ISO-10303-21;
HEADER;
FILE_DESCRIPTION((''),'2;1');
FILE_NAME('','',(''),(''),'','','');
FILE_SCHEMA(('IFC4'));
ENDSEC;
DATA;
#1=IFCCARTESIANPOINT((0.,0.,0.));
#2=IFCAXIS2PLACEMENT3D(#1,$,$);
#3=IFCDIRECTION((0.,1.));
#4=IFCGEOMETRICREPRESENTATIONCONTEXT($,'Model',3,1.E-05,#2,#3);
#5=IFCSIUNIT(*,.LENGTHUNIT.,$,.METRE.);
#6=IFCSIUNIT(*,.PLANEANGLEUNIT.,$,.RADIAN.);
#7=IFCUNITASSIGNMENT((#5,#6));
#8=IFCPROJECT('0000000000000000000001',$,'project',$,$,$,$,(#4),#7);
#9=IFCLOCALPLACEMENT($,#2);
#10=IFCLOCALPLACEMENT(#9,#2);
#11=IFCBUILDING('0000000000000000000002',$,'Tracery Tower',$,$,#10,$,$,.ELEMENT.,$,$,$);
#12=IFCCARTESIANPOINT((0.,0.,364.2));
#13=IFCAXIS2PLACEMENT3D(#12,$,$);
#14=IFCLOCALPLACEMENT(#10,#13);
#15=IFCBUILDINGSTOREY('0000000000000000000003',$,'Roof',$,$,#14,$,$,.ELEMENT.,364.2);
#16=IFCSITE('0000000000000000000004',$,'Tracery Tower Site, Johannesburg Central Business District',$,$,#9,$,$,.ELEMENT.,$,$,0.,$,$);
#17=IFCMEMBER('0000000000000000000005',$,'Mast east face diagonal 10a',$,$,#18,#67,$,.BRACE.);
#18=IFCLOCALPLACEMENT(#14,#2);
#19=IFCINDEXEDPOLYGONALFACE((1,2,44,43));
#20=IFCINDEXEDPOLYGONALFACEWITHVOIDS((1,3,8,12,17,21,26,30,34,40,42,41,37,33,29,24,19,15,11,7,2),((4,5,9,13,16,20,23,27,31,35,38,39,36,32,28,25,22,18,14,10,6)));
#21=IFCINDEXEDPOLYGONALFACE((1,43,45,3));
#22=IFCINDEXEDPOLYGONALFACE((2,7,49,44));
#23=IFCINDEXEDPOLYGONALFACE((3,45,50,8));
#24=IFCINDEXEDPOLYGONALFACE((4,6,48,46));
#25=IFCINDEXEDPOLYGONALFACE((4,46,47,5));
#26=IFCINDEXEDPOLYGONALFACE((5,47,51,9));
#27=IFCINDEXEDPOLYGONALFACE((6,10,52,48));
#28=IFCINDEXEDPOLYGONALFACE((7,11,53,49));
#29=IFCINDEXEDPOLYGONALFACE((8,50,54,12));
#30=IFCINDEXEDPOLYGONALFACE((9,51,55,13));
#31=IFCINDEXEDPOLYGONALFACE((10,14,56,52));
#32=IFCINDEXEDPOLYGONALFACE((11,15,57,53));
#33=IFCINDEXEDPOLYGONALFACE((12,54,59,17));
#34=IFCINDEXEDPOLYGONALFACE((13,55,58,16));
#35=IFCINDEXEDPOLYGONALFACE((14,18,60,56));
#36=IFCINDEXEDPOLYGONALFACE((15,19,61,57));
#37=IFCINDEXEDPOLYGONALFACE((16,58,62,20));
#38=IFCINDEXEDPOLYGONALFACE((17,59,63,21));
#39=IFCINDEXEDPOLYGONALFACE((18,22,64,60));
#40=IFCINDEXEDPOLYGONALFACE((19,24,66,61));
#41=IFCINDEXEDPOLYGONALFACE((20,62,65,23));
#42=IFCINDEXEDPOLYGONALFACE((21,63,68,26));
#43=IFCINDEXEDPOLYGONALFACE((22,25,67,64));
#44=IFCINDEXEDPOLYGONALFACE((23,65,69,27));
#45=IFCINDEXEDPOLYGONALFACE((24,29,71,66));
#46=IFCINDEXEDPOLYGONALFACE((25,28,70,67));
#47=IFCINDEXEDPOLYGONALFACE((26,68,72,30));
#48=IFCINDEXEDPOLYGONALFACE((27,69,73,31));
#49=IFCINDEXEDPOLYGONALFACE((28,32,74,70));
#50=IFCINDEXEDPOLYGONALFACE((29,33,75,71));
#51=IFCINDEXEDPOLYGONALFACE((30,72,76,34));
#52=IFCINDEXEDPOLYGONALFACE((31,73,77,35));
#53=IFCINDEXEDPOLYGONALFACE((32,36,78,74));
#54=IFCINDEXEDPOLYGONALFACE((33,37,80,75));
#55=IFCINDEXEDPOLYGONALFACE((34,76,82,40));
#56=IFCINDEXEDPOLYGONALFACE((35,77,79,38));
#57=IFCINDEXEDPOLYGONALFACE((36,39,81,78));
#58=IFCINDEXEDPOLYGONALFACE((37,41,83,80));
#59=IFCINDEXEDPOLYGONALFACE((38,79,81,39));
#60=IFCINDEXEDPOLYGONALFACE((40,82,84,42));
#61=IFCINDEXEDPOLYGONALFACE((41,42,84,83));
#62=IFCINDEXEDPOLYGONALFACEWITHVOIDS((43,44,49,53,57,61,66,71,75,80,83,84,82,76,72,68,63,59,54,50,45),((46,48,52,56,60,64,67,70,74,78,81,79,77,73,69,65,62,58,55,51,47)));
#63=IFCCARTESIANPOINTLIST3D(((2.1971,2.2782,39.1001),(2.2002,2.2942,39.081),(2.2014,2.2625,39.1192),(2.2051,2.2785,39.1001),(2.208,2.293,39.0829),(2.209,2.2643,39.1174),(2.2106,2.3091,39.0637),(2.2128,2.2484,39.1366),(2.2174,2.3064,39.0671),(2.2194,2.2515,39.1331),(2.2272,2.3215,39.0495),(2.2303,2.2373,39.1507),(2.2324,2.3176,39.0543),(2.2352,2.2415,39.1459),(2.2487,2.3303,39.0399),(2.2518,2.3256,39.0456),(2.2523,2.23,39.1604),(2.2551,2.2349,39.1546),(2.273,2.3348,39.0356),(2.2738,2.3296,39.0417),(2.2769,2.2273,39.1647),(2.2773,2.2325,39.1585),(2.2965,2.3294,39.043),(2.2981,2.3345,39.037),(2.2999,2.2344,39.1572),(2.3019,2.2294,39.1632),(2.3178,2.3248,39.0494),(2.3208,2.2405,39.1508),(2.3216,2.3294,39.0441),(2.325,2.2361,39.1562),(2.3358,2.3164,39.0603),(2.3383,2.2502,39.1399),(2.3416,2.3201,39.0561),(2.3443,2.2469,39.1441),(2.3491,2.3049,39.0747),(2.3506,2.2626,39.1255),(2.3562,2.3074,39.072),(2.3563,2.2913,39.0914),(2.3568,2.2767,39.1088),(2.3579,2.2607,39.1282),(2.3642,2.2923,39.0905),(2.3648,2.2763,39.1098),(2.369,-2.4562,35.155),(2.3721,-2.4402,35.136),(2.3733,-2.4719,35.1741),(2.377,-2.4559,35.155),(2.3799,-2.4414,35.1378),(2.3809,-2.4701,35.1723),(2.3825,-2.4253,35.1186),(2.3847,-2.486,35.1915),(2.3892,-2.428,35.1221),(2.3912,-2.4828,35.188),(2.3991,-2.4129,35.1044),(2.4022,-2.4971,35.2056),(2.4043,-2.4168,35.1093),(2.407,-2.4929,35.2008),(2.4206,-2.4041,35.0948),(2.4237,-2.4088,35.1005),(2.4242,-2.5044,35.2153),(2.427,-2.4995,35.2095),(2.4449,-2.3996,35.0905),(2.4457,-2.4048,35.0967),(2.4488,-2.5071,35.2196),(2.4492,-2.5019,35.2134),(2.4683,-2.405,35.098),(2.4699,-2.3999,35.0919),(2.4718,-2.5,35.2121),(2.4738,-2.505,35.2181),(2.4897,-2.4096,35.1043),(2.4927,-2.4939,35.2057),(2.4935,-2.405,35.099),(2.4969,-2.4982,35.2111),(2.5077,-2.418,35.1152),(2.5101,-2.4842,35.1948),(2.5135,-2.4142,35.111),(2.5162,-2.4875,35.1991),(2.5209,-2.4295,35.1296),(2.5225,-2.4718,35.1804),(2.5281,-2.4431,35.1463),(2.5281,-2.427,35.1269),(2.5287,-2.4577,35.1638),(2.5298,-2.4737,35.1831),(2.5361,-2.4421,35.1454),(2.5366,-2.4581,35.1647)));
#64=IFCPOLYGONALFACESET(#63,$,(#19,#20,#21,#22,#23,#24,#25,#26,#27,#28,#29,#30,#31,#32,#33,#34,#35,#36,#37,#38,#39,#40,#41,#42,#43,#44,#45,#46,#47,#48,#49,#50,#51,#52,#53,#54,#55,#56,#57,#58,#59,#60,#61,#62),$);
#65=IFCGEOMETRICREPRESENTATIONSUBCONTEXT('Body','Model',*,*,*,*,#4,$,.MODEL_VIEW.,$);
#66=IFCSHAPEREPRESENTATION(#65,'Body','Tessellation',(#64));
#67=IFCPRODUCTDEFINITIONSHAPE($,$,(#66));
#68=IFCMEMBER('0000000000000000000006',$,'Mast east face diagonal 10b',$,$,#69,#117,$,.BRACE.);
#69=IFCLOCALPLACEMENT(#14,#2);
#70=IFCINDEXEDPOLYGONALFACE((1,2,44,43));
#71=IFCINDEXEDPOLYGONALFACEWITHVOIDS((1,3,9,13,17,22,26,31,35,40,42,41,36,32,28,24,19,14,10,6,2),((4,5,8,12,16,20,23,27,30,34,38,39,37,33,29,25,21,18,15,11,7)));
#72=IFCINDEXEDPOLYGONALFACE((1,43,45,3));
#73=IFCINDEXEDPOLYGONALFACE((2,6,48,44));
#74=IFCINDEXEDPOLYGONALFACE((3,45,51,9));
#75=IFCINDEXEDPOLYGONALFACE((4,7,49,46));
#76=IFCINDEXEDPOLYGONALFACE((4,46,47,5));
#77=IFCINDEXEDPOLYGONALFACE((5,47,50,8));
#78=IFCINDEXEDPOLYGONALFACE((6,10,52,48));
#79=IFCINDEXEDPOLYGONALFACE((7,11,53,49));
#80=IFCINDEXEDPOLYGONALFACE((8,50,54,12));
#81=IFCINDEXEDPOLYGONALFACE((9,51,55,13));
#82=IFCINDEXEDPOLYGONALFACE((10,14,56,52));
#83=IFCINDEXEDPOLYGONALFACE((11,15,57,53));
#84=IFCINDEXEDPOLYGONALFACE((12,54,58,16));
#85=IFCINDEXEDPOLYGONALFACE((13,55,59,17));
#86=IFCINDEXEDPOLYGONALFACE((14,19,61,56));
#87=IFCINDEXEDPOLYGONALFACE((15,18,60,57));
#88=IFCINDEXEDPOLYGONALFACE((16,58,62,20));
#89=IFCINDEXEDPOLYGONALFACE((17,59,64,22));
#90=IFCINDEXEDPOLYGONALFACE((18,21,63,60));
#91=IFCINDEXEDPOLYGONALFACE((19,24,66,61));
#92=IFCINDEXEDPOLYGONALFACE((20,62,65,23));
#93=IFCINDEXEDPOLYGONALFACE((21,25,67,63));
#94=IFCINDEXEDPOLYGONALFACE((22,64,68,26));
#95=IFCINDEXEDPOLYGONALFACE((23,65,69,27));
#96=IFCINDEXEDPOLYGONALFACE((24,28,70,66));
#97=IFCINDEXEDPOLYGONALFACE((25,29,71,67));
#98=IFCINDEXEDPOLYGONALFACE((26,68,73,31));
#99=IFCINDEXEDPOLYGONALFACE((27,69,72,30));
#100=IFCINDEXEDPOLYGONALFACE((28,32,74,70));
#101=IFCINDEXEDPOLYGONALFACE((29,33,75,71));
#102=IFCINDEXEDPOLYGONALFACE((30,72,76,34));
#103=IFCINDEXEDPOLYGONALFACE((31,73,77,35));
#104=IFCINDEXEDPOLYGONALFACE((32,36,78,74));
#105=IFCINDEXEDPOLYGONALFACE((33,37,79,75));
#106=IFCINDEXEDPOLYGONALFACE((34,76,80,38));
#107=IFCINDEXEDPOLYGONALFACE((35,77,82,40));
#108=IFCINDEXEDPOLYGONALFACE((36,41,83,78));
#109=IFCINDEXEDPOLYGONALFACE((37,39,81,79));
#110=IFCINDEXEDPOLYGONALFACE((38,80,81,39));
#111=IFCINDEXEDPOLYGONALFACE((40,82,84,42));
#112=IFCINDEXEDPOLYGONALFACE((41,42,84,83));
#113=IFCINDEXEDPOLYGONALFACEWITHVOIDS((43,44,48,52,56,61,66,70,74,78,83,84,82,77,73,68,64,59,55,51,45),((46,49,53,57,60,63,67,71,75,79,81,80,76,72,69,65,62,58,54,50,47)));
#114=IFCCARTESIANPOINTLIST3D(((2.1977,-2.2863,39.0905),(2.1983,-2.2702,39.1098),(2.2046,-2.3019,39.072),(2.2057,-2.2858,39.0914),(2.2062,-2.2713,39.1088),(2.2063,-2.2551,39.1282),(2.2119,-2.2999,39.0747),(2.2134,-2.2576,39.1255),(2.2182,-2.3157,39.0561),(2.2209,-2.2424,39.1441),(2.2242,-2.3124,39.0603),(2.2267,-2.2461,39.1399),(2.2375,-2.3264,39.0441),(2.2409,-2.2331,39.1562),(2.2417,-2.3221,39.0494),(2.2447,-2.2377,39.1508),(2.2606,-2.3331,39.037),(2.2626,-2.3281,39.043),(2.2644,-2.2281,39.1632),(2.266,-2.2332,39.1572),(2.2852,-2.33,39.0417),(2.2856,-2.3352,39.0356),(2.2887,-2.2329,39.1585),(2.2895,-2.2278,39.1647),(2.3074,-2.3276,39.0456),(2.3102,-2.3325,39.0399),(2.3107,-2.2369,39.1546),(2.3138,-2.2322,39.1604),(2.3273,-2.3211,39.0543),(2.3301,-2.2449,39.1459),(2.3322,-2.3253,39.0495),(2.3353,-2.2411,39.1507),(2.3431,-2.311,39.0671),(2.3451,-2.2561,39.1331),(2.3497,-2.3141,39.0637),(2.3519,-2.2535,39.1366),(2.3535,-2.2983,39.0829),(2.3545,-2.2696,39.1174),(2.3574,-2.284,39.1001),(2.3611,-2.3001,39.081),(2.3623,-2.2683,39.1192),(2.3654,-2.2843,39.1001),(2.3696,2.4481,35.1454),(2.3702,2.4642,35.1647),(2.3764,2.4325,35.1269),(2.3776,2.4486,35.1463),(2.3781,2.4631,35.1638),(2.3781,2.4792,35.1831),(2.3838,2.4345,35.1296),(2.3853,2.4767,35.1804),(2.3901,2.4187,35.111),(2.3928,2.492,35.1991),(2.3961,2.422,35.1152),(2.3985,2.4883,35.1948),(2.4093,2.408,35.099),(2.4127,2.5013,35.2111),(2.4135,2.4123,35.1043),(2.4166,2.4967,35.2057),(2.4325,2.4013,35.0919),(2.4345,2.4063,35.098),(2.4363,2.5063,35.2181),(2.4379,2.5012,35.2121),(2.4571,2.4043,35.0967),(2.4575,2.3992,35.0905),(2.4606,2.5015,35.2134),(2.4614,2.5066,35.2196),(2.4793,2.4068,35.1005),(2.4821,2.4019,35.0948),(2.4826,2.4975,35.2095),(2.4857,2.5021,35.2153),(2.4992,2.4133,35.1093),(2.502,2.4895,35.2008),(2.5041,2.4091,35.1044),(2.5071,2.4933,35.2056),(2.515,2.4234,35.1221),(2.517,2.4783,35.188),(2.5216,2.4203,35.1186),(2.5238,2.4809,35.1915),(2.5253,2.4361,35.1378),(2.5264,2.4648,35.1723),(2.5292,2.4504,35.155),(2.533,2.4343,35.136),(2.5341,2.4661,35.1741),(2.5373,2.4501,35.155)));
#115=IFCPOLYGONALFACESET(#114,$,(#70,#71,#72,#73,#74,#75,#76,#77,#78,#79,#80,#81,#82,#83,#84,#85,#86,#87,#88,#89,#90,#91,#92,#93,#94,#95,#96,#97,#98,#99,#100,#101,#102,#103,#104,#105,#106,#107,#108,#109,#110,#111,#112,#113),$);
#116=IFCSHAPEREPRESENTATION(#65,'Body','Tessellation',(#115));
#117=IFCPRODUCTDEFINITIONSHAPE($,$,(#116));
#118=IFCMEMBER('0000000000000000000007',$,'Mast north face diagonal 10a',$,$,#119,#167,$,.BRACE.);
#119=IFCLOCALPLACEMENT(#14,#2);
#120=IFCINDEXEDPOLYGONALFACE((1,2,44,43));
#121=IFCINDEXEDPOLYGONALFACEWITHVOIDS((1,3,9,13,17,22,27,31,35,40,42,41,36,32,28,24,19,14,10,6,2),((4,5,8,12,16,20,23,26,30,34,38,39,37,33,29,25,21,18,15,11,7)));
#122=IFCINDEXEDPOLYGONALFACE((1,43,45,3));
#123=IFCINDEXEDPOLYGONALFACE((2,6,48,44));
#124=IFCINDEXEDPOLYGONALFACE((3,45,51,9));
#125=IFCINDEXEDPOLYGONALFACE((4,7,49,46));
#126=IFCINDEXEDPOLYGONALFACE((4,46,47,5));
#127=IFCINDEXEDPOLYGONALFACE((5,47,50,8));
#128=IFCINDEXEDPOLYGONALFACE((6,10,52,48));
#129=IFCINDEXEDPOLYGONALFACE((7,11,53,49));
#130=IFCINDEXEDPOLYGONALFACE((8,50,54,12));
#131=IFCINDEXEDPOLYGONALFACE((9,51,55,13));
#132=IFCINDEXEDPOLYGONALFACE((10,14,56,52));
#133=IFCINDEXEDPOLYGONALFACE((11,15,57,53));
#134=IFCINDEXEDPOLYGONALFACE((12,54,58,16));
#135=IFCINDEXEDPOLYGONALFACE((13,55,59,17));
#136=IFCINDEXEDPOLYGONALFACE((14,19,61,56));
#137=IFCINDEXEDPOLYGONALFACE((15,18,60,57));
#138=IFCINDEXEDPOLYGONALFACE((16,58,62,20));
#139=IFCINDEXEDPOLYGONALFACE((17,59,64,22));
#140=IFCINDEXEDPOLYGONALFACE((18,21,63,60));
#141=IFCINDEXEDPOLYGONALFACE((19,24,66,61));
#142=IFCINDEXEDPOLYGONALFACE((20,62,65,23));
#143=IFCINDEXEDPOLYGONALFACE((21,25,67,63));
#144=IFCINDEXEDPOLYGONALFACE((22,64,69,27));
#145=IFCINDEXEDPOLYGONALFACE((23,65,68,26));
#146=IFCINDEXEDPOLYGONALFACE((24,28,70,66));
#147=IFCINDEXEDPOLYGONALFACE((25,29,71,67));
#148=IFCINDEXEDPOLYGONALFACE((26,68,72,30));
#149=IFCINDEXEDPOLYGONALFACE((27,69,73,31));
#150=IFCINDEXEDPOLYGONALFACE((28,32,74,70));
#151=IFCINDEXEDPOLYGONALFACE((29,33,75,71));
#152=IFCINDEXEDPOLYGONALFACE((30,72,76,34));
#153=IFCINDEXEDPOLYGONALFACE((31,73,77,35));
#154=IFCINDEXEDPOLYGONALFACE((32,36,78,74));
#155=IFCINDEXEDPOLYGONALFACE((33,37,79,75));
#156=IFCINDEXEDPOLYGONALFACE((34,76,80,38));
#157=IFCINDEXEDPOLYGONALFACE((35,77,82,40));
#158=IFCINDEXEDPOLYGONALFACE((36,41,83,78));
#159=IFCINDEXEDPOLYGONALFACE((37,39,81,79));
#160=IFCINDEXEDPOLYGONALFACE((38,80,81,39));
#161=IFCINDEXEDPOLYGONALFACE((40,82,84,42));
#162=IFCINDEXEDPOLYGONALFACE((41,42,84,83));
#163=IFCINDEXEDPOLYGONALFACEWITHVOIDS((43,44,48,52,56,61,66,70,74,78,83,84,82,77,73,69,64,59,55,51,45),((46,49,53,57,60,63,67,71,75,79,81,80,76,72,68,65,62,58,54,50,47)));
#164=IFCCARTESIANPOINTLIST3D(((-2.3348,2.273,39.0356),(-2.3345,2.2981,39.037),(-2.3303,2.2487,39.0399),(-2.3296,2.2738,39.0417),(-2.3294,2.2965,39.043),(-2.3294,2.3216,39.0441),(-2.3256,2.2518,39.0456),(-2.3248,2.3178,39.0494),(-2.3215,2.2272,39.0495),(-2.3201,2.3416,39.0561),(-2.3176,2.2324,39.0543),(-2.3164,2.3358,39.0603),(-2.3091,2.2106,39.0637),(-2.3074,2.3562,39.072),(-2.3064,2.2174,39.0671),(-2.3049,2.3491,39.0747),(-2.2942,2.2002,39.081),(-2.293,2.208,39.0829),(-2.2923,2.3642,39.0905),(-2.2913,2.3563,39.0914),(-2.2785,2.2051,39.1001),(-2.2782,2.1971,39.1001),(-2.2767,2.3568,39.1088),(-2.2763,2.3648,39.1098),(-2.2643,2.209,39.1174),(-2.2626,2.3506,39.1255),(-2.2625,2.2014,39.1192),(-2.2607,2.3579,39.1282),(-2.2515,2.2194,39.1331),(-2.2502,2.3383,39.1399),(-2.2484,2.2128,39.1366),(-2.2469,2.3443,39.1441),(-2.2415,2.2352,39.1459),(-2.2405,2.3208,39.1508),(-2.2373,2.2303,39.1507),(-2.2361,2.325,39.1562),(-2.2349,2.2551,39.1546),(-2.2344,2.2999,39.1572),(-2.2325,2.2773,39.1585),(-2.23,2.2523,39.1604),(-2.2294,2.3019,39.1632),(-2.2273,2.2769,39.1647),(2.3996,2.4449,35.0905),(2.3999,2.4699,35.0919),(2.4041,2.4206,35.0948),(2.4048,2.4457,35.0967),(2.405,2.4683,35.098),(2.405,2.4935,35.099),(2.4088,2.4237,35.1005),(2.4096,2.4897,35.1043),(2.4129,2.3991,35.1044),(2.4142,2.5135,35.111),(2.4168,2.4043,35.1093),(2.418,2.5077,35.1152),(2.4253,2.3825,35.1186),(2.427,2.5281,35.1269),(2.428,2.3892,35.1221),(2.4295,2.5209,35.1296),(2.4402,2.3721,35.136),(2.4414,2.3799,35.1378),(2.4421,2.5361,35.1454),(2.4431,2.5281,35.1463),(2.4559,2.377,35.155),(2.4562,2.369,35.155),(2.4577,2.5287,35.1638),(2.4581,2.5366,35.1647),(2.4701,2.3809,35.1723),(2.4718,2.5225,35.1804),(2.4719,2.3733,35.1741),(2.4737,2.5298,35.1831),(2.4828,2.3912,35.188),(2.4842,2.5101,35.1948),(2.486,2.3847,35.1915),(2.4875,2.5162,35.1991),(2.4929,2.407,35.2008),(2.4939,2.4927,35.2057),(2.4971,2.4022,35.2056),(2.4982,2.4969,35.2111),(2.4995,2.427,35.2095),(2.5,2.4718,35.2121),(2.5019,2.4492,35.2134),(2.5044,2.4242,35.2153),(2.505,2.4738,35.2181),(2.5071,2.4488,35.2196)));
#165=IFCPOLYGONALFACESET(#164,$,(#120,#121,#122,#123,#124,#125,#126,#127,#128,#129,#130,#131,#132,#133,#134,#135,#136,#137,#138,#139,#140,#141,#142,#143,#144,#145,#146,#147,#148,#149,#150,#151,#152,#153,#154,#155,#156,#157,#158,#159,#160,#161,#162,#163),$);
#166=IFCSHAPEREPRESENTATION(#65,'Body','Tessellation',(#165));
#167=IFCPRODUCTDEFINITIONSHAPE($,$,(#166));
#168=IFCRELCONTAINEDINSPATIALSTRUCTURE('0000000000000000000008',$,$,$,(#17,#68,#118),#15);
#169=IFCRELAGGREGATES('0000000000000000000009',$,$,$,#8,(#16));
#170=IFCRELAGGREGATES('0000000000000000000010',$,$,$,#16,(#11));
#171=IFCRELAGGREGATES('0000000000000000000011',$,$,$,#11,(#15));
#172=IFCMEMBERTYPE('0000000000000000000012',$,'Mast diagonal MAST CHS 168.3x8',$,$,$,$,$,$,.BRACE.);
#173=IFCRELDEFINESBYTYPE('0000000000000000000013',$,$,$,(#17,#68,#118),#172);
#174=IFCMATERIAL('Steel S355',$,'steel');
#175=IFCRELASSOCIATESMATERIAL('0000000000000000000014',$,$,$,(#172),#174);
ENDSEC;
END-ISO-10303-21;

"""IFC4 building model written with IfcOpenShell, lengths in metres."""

from ifc_helpers import new_model, si_unit, direction, frame, origin, origin_2d, place, context, subcontext, project, spatial, hollow_circle, extrude, material, material_profile, profile_set, type_object, element, save


model = new_model("IFC4")

# Units and contexts
model_context = context("Model", 3, precision=1e-05, world=origin(), true_north=direction((0.0, 1.0)))
body_context = subcontext(model_context, "Body", "Model", "MODEL_VIEW")
ifc_project = project(units=[si_unit("LENGTHUNIT", "METRE"), si_unit("PLANEANGLEUNIT", "RADIAN")], contexts=[model_context])

# Site, building, storey
site_placement = place(None, origin())
site = spatial("IfcSite", under=ifc_project, at=site_placement, Name="Tracery Tower Site, Johannesburg Central Business District", CompositionType="ELEMENT", RefElevation=0.0)
building_placement = place(site_placement, origin())
building = spatial("IfcBuilding", under=site, at=building_placement, Name="Tracery Tower", CompositionType="ELEMENT")
storey_placement = place(building_placement, frame((0.0, 0.0, 364.2)))
storey = spatial("IfcBuildingStorey", under=building, at=storey_placement, Name="Roof", CompositionType="ELEMENT", Elevation=364.2)

# Members
ifc_material_1 = material(Name="Steel S355", Category="steel")
ifc_material_profile_1 = material_profile(ifc_material_1, hollow_circle(Radius=0.0842, WallThickness=0.0081, at=origin_2d()), Name="CHS 168.3x8")
ifc_profile_set_1 = profile_set([ifc_material_profile_1], Name="Steel S355")
member_type_1 = type_object("IfcMemberType", Name="Mast diagonal MAST CHS 168.3x8", PredefinedType="BRACE", material=ifc_profile_set_1)
for number, where, z_axis, x_axis, name in (
    (1, (2.4531, -2.4531, 35.155), (-0.027879, 0.767942, 0.639912), (-0.999342, -0.03628, 0.0), "Mast east face diagonal 10a"),
    (2, (2.4531, 2.4531, 35.155), (-0.027879, -0.767942, 0.639912), (0.999342, -0.03628, 0.0), "Mast east face diagonal 10b"),
    (3, (2.4531, 2.4531, 35.155), (-0.767942, -0.027879, 0.639912), (0.03628, -0.999342, 0.0), "Mast north face diagonal 10a"),
):
    element("IfcMember", number, at=place(storey_placement, frame(where, z_axis=z_axis, x_axis=x_axis)), inside=storey, type_object=member_type_1, Name=name, PredefinedType="BRACE", context=body_context, shape_type="SweptSolid", body=[
        extrude(hollow_circle(Radius=0.0842, WallThickness=0.0081, at=origin_2d()), origin(), (0.0, 0.0, 1.0), 6.165),
    ])

save(model, "model.ifc")
